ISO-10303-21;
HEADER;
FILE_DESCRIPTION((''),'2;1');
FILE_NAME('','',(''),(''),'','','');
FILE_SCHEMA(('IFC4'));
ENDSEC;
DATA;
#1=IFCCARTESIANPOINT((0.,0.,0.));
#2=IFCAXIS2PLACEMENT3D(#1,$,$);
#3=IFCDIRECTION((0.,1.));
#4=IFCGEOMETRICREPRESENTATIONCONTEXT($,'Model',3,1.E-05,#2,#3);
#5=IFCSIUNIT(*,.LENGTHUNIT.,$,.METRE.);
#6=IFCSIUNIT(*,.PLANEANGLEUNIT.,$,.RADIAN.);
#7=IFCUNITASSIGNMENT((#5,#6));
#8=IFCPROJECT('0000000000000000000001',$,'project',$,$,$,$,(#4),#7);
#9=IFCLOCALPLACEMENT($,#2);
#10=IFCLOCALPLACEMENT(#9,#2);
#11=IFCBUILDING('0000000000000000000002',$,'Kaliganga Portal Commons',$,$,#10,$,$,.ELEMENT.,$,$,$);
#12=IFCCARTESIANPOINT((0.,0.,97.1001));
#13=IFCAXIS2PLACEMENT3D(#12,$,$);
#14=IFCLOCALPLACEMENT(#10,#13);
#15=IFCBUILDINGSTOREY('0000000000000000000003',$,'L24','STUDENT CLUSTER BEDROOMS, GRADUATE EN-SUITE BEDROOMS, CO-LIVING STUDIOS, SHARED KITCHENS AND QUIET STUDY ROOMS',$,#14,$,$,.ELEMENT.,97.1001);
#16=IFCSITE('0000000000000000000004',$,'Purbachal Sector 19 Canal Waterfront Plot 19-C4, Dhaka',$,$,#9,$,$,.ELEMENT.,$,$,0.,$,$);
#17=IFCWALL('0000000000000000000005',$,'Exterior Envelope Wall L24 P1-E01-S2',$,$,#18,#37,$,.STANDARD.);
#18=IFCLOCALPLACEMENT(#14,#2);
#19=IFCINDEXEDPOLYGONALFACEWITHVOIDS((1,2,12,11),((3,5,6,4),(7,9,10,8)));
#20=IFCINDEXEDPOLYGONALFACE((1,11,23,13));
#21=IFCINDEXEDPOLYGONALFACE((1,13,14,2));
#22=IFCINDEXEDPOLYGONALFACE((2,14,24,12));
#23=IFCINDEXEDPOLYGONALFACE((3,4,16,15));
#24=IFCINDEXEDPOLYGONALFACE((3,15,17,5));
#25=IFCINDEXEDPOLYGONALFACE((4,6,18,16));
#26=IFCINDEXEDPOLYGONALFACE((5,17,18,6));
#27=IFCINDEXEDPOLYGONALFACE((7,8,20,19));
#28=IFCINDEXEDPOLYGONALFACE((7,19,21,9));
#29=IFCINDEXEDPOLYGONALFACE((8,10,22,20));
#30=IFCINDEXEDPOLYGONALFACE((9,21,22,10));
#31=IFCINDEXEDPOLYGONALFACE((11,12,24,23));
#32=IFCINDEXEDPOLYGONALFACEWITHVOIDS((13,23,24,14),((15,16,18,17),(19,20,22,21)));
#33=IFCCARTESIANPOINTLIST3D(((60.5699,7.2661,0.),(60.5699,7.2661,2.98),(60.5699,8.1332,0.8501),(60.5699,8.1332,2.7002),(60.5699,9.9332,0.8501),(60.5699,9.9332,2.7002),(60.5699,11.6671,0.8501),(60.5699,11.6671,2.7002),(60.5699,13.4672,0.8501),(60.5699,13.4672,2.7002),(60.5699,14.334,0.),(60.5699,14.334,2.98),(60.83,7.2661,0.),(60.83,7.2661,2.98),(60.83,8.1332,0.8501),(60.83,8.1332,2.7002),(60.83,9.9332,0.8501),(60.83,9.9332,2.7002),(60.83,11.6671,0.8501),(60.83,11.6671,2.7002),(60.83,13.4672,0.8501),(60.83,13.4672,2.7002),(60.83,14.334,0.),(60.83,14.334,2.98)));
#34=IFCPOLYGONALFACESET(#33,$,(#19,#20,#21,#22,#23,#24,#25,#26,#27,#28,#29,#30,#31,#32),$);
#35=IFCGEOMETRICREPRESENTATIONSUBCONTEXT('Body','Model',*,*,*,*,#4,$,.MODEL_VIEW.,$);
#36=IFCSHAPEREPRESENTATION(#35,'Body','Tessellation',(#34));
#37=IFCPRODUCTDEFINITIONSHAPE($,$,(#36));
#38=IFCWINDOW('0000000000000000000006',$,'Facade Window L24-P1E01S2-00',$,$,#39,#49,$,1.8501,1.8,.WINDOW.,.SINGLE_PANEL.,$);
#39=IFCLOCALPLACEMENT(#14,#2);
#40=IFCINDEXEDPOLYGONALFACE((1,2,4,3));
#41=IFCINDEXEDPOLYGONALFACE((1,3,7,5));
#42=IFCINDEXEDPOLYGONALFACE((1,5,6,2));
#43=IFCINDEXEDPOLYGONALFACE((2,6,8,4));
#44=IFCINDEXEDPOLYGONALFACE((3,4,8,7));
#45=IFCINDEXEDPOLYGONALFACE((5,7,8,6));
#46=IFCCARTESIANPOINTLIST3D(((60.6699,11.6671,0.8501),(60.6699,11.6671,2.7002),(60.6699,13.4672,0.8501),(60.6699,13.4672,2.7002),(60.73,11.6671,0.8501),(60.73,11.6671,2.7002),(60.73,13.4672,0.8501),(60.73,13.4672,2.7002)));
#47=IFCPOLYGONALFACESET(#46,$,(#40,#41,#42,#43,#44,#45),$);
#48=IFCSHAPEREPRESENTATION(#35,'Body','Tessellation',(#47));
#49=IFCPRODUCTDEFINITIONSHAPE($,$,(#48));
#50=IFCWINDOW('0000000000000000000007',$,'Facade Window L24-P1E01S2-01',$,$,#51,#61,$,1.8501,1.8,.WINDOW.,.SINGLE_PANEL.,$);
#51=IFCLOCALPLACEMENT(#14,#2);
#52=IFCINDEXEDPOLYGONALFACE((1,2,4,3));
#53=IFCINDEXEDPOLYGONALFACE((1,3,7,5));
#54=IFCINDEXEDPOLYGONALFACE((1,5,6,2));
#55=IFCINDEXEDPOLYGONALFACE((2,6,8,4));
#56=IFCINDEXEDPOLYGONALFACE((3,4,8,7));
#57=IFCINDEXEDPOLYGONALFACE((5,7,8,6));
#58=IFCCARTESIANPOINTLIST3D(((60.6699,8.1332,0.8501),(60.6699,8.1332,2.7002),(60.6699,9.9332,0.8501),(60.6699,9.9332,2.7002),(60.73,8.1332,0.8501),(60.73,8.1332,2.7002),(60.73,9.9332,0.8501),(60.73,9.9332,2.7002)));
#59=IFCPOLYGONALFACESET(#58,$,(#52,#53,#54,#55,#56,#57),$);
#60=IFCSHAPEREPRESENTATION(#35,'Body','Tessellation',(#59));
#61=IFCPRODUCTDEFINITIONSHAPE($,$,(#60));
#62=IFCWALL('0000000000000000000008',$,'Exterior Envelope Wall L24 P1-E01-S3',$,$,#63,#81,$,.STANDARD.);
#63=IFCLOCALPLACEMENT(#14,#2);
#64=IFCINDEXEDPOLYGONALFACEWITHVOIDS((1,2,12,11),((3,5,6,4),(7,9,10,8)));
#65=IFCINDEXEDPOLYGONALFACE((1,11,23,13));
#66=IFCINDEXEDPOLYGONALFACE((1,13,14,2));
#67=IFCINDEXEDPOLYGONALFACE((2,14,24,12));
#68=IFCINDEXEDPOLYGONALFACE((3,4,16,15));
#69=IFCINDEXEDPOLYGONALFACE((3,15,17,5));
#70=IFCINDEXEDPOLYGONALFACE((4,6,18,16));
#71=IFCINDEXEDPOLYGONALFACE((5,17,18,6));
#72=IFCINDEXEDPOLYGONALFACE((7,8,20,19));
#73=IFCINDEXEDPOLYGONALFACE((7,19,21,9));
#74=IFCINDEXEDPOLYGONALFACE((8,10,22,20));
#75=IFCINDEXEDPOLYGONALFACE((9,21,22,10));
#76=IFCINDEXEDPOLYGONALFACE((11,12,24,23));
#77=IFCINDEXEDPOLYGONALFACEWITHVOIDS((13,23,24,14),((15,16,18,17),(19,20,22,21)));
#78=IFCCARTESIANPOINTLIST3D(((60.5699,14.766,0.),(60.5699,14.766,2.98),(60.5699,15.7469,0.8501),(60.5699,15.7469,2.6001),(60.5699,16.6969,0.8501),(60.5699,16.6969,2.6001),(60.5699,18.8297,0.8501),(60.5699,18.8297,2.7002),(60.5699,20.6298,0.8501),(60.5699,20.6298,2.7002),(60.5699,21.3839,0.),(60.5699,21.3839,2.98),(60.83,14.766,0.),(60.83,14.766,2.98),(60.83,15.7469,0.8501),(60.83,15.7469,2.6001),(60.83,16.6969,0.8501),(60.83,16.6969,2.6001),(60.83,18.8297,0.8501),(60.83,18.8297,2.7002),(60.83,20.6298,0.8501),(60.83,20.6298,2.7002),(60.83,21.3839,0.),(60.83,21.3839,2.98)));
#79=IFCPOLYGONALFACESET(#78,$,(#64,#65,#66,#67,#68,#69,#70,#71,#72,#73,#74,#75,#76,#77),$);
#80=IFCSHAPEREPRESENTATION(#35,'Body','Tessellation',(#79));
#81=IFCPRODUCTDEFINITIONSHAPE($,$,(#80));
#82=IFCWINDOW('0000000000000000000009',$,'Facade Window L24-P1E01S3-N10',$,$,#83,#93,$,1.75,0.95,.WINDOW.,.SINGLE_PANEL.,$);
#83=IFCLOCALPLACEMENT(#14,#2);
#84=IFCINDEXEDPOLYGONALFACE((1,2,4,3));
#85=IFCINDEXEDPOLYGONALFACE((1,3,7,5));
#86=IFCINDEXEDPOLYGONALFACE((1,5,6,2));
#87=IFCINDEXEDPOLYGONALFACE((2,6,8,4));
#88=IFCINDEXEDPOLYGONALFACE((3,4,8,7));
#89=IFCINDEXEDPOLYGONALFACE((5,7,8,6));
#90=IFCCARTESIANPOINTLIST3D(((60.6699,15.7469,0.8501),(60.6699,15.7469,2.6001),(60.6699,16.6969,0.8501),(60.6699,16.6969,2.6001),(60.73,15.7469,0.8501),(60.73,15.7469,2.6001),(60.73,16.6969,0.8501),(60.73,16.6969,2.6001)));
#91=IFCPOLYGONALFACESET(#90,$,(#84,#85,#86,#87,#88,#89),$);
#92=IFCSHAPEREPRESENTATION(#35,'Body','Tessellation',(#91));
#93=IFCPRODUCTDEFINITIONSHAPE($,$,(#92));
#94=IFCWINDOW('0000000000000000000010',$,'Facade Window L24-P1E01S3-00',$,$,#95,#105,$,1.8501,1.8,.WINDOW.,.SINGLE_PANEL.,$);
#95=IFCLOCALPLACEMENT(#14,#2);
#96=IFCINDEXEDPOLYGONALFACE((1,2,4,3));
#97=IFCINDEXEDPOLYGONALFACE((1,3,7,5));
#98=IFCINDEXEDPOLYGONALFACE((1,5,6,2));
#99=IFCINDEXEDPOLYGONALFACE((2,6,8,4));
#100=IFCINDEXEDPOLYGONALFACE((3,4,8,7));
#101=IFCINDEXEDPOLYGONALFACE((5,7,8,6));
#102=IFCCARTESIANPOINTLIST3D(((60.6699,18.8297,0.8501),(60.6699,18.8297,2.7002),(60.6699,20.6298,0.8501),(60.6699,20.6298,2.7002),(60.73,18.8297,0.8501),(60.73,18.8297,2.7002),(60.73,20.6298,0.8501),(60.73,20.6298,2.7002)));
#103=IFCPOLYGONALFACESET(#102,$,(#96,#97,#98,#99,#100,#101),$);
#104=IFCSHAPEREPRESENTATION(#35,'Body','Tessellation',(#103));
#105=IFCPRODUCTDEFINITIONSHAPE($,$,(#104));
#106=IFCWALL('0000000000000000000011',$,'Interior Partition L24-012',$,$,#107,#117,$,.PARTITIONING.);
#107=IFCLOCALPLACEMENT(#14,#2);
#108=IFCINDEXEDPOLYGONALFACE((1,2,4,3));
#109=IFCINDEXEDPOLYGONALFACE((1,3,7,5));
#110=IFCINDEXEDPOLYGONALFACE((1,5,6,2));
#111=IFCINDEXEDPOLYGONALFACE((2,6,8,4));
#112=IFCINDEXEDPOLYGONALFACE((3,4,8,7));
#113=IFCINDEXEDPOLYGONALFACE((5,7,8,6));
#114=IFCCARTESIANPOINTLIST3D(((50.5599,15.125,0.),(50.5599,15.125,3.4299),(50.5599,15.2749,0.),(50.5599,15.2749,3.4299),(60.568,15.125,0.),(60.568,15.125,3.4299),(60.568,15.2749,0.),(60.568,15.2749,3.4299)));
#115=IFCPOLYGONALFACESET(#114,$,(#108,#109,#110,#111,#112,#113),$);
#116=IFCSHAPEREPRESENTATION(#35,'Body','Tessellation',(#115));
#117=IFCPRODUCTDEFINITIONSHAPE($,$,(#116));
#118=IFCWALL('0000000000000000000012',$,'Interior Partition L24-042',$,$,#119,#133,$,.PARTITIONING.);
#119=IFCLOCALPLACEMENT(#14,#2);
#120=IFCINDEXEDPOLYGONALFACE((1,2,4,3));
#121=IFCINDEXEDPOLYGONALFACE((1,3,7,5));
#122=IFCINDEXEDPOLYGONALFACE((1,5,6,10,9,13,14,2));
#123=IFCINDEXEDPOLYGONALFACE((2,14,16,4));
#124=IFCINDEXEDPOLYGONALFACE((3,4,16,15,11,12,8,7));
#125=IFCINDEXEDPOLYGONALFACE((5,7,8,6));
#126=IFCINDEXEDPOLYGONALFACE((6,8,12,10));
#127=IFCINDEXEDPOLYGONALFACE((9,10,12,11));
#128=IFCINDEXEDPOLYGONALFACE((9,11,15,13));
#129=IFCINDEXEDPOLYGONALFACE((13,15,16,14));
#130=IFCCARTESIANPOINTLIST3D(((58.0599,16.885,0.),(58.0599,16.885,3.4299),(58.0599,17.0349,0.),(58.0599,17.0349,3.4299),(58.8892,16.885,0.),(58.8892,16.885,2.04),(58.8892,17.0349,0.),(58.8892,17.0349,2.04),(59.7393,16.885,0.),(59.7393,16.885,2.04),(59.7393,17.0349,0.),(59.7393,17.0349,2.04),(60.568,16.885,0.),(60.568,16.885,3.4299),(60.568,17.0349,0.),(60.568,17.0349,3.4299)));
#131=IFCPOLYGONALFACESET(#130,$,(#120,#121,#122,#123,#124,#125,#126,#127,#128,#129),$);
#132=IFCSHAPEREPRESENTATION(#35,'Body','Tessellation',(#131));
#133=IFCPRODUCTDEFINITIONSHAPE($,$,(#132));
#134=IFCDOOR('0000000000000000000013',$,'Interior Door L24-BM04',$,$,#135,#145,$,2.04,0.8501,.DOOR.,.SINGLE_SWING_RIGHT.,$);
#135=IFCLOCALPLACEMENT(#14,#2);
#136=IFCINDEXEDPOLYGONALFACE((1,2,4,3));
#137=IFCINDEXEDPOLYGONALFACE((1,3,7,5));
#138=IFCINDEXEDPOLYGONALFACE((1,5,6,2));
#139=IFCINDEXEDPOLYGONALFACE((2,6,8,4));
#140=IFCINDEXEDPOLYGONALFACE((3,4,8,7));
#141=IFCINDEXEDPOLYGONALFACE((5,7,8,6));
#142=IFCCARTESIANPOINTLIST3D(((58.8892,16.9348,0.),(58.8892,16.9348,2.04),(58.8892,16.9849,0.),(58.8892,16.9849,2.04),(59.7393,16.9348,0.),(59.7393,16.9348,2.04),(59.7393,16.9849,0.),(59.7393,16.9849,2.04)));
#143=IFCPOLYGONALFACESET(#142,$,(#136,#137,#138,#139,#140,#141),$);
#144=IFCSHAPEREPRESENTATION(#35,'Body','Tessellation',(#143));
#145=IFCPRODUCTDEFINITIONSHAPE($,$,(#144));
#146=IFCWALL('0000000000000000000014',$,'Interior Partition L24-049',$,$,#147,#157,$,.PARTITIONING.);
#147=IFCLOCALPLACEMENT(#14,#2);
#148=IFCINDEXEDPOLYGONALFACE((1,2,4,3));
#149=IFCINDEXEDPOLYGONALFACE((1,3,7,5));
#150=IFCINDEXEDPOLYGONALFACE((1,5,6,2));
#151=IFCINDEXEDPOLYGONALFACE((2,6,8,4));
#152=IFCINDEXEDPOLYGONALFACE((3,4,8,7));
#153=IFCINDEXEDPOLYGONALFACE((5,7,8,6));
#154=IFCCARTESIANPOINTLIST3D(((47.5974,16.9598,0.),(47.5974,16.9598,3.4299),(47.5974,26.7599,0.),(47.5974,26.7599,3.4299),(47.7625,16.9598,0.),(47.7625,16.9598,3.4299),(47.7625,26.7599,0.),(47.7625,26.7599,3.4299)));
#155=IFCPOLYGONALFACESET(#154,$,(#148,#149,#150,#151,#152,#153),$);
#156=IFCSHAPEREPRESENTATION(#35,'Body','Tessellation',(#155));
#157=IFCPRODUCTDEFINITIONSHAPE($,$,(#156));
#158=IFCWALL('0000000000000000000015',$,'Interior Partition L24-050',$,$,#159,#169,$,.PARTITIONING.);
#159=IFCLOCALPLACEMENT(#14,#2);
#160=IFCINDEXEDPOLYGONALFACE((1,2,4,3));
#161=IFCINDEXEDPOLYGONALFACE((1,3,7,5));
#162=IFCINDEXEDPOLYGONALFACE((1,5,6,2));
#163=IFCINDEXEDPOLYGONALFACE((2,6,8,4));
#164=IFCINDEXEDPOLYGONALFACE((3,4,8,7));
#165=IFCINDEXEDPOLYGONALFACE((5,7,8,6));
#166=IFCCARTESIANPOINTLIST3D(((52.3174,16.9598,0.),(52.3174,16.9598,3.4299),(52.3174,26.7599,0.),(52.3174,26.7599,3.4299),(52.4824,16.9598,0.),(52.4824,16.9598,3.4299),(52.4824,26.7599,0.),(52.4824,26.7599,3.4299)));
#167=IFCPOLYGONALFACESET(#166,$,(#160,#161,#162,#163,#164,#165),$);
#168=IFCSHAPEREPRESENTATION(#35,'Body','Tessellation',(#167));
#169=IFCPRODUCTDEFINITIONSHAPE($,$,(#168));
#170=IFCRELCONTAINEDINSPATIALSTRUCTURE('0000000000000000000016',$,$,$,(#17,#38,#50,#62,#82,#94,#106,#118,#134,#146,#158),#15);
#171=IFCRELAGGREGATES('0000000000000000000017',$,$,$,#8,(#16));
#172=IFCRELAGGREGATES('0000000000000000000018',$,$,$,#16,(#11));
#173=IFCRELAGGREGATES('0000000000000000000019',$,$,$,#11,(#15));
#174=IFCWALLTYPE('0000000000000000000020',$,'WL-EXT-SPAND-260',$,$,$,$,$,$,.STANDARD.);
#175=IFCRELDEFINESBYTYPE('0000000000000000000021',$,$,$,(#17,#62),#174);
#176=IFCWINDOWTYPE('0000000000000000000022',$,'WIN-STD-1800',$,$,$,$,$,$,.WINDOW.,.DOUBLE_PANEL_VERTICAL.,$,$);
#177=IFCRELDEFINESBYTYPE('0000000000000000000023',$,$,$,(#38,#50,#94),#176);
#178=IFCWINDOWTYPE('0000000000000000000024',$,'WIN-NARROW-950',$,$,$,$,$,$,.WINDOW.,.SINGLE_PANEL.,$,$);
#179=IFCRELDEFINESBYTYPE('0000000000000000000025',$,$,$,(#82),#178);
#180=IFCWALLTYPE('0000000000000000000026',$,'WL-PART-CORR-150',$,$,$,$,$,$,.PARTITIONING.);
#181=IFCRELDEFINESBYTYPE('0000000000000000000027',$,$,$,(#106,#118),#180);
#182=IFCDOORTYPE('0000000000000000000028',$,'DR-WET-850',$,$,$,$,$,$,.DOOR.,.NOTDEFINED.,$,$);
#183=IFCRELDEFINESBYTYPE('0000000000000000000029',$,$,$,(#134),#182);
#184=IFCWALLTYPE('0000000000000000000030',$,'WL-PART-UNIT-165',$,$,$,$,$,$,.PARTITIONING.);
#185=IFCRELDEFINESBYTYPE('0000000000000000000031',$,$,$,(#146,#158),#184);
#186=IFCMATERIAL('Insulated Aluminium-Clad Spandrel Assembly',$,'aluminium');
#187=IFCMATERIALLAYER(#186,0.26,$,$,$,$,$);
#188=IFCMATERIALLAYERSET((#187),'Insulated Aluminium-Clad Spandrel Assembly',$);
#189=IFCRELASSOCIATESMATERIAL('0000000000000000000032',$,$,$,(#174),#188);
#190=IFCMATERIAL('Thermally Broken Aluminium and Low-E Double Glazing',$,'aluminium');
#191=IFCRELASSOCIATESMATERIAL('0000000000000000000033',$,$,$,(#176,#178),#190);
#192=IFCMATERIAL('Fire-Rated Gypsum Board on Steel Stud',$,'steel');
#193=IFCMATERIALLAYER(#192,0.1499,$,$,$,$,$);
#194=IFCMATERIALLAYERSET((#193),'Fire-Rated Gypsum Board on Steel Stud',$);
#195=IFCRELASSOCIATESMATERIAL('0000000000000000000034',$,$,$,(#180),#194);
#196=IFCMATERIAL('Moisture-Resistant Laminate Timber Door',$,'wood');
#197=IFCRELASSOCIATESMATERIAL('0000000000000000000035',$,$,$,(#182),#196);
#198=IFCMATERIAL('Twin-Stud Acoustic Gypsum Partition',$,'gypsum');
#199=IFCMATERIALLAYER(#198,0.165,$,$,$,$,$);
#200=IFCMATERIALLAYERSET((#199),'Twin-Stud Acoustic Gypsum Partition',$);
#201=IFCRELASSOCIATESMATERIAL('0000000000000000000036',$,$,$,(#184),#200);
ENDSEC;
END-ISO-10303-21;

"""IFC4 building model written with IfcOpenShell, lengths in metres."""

from ifc_helpers import new_model, si_unit, direction, frame, frame_2d, origin, place, context, subcontext, project, spatial, rectangle, extrude, material, layer, layer_set, type_object, element, fill, save


model = new_model("IFC4")

# Units and contexts
model_context = context("Model", 3, precision=1e-05, world=origin(), true_north=direction((0.0, 1.0)))
body_context = subcontext(model_context, "Body", "Model", "MODEL_VIEW")
ifc_project = project(units=[si_unit("LENGTHUNIT", "METRE"), si_unit("PLANEANGLEUNIT", "RADIAN")], contexts=[model_context])

# Site, building, storey
site_placement = place(None, origin())
site = spatial("IfcSite", under=ifc_project, at=site_placement, Name="Purbachal Sector 19 Canal Waterfront Plot 19-C4, Dhaka", CompositionType="ELEMENT", RefElevation=0.0)
building_placement = place(site_placement, origin())
building = spatial("IfcBuilding", under=site, at=building_placement, Name="Kaliganga Portal Commons", CompositionType="ELEMENT")
storey_placement = place(building_placement, frame((0.0, 0.0, 97.1001)))
storey = spatial("IfcBuildingStorey", under=building, at=storey_placement, Name="L24", Description="STUDENT CLUSTER BEDROOMS, GRADUATE EN-SUITE BEDROOMS, CO-LIVING STUDIOS, SHARED KITCHENS AND QUIET STUDY ROOMS", CompositionType="ELEMENT", Elevation=97.1001)

# Walls, openings, windows
ifc_material_1 = material(Name="Insulated Aluminium-Clad Spandrel Assembly", Category="aluminium")
ifc_layer_1 = layer(ifc_material_1, 0.26)
ifc_layer_set_1 = layer_set([ifc_layer_1], Name="Insulated Aluminium-Clad Spandrel Assembly")
wall_type_1 = type_object("IfcWallType", Name="WL-EXT-SPAND-260", PredefinedType="STANDARD", material=ifc_layer_set_1)
wall_1_placement = place(storey_placement, frame((60.7, 14.334, 0.0), z_axis=(0.0, 0.0, 1.0), x_axis=(0.0, -1.0, 0.0)))
wall_1 = element("IfcWall", 1, at=wall_1_placement, inside=storey, type_object=wall_type_1, Name="Exterior Envelope Wall L24 P1-E01-S2", PredefinedType="STANDARD", context=body_context, shape_type="SweptSolid", body=[
    extrude(rectangle(XDim=7.0679, YDim=0.26, at=frame_2d((3.5339, 0.0))), origin(), (0.0, 0.0, 1.0), 2.98),
])
opening_1_placement = place(wall_1_placement, frame((0.8669, 0.0, 0.8501)))
opening_1 = element("IfcOpeningElement", 2, at=opening_1_placement, cuts=wall_1, PredefinedType="OPENING", context=body_context, shape_type="SweptSolid", body=[
    extrude(rectangle(XDim=1.8, YDim=1.8501, at=frame_2d((0.8999, 0.925))), frame((0.0, 0.1401, 0.0), z_axis=(0.0, -1.0, 0.0), x_axis=(1.0, 0.0, 0.0)), (0.0, 0.0, 1.0), 0.28),
])
opening_2_placement = place(wall_1_placement, frame((4.4009, 0.0, 0.8501)))
opening_2 = element("IfcOpeningElement", 3, at=opening_2_placement, cuts=wall_1, PredefinedType="OPENING", context=body_context, shape_type="SweptSolid", body=[
    extrude(rectangle(XDim=1.8, YDim=1.8501, at=frame_2d((0.8999, 0.925))), frame((0.0, 0.1401, 0.0), z_axis=(0.0, -1.0, 0.0), x_axis=(1.0, 0.0, 0.0)), (0.0, 0.0, 1.0), 0.28),
])
ifc_material_2 = material(Name="Thermally Broken Aluminium and Low-E Double Glazing", Category="aluminium")
window_type_1 = type_object("IfcWindowType", Name="WIN-STD-1800", PartitioningType="DOUBLE_PANEL_VERTICAL", PredefinedType="WINDOW", material=ifc_material_2)
window_1_placement = place(opening_1_placement, origin())
window_1 = element("IfcWindow", 4, at=window_1_placement, inside=storey, type_object=window_type_1, Name="Facade Window L24-P1E01S2-00", OverallHeight=1.8501, OverallWidth=1.8, PartitioningType="SINGLE_PANEL", PredefinedType="WINDOW", context=body_context, shape_type="SweptSolid", body=[
    extrude(rectangle(XDim=1.8, YDim=1.8501, at=frame_2d((0.8999, 0.925))), frame((0.0, 0.03, 0.0), z_axis=(0.0, -1.0, 0.0), x_axis=(1.0, 0.0, 0.0)), (0.0, 0.0, 1.0), 0.0601),
])
fill(opening_1, window_1)
window_2_placement = place(opening_2_placement, origin())
window_2 = element("IfcWindow", 5, at=window_2_placement, inside=storey, type_object=window_type_1, Name="Facade Window L24-P1E01S2-01", OverallHeight=1.8501, OverallWidth=1.8, PartitioningType="SINGLE_PANEL", PredefinedType="WINDOW", context=body_context, shape_type="SweptSolid", body=[
    extrude(rectangle(XDim=1.8, YDim=1.8501, at=frame_2d((0.8999, 0.925))), frame((0.0, 0.03, 0.0), z_axis=(0.0, -1.0, 0.0), x_axis=(1.0, 0.0, 0.0)), (0.0, 0.0, 1.0), 0.0601),
])
fill(opening_2, window_2)
wall_2_placement = place(storey_placement, frame((60.7, 21.384, 0.0), z_axis=(0.0, 0.0, 1.0), x_axis=(0.0, -1.0, 0.0)))
wall_2 = element("IfcWall", 6, at=wall_2_placement, inside=storey, type_object=wall_type_1, Name="Exterior Envelope Wall L24 P1-E01-S3", PredefinedType="STANDARD", context=body_context, shape_type="SweptSolid", body=[
    extrude(rectangle(XDim=6.6179, YDim=0.26, at=frame_2d((3.3091, 0.0))), origin(), (0.0, 0.0, 1.0), 2.98),
])
opening_3_placement = place(wall_2_placement, frame((0.7544, 0.0, 0.8501)))
opening_3 = element("IfcOpeningElement", 7, at=opening_3_placement, cuts=wall_2, PredefinedType="OPENING", context=body_context, shape_type="SweptSolid", body=[
    extrude(rectangle(XDim=1.8, YDim=1.8501, at=frame_2d((0.8999, 0.925))), frame((0.0, 0.1401, 0.0), z_axis=(0.0, -1.0, 0.0), x_axis=(1.0, 0.0, 0.0)), (0.0, 0.0, 1.0), 0.28),
])
opening_4_placement = place(wall_2_placement, frame((4.687, 0.0, 0.8501)))
opening_4 = element("IfcOpeningElement", 8, at=opening_4_placement, cuts=wall_2, PredefinedType="OPENING", context=body_context, shape_type="SweptSolid", body=[
    extrude(rectangle(XDim=0.95, YDim=1.75, at=frame_2d((0.4751, 0.875))), frame((0.0, 0.1401, 0.0), z_axis=(0.0, -1.0, 0.0), x_axis=(1.0, 0.0, 0.0)), (0.0, 0.0, 1.0), 0.28),
])
window_type_2 = type_object("IfcWindowType", Name="WIN-NARROW-950", PartitioningType="SINGLE_PANEL", PredefinedType="WINDOW", material=ifc_material_2)
window_3_placement = place(opening_4_placement, origin())
window_3 = element("IfcWindow", 9, at=window_3_placement, inside=storey, type_object=window_type_2, Name="Facade Window L24-P1E01S3-N10", OverallHeight=1.75, OverallWidth=0.95, PartitioningType="SINGLE_PANEL", PredefinedType="WINDOW", context=body_context, shape_type="SweptSolid", body=[
    extrude(rectangle(XDim=0.95, YDim=1.75, at=frame_2d((0.4751, 0.875))), frame((0.0, 0.03, 0.0), z_axis=(0.0, -1.0, 0.0), x_axis=(1.0, 0.0, 0.0)), (0.0, 0.0, 1.0), 0.0601),
])
fill(opening_4, window_3)
window_4_placement = place(opening_3_placement, origin())
window_4 = element("IfcWindow", 10, at=window_4_placement, inside=storey, type_object=window_type_1, Name="Facade Window L24-P1E01S3-00", OverallHeight=1.8501, OverallWidth=1.8, PartitioningType="SINGLE_PANEL", PredefinedType="WINDOW", context=body_context, shape_type="SweptSolid", body=[
    extrude(rectangle(XDim=1.8, YDim=1.8501, at=frame_2d((0.8999, 0.925))), frame((0.0, 0.03, 0.0), z_axis=(0.0, -1.0, 0.0), x_axis=(1.0, 0.0, 0.0)), (0.0, 0.0, 1.0), 0.0601),
])
fill(opening_3, window_4)

# Wall
ifc_material_3 = material(Name="Fire-Rated Gypsum Board on Steel Stud", Category="steel")
ifc_layer_2 = layer(ifc_material_3, 0.1499)
ifc_layer_set_2 = layer_set([ifc_layer_2], Name="Fire-Rated Gypsum Board on Steel Stud")
wall_type_2 = type_object("IfcWallType", Name="WL-PART-CORR-150", PredefinedType="PARTITIONING", material=ifc_layer_set_2)
wall_3_placement = place(storey_placement, frame((50.5601, 15.2, 0.0), z_axis=(0.0, 0.0, 1.0), x_axis=(1.0, 0.0, 0.0)))
element("IfcWall", 11, at=wall_3_placement, inside=storey, type_object=wall_type_2, Name="Interior Partition L24-012", PredefinedType="PARTITIONING", context=body_context, shape_type="SweptSolid", body=[
    extrude(rectangle(XDim=10.0081, YDim=0.1499, at=frame_2d((5.0039, 0.0))), origin(), (0.0, 0.0, 1.0), 3.4299),
])

# Wall, opening, door
wall_4_placement = place(storey_placement, frame((58.0601, 16.96, 0.0), z_axis=(0.0, 0.0, 1.0), x_axis=(1.0, 0.0, 0.0)))
wall_4 = element("IfcWall", 12, at=wall_4_placement, inside=storey, type_object=wall_type_2, Name="Interior Partition L24-042", PredefinedType="PARTITIONING", context=body_context, shape_type="SweptSolid", body=[
    extrude(rectangle(XDim=2.5081, YDim=0.1499, at=frame_2d((1.2539, 0.0))), origin(), (0.0, 0.0, 1.0), 3.4299),
])
opening_5_placement = place(wall_4_placement, frame((0.8291, 0.0, 0.0)))
opening_5 = element("IfcOpeningElement", 13, at=opening_5_placement, cuts=wall_4, PredefinedType="OPENING", context=body_context, shape_type="SweptSolid", body=[
    extrude(rectangle(XDim=0.8501, YDim=2.04, at=frame_2d((0.425, 1.02))), frame((0.0, 0.085, 0.0), z_axis=(0.0, -1.0, 0.0), x_axis=(1.0, 0.0, 0.0)), (0.0, 0.0, 1.0), 0.1699),
])
ifc_material_4 = material(Name="Moisture-Resistant Laminate Timber Door", Category="wood")
door_type_1 = type_object("IfcDoorType", Name="DR-WET-850", OperationType="NOTDEFINED", PredefinedType="DOOR", material=ifc_material_4)
door_1_placement = place(opening_5_placement, origin())
door_1 = element("IfcDoor", 14, at=door_1_placement, inside=storey, type_object=door_type_1, Name="Interior Door L24-BM04", OperationType="SINGLE_SWING_RIGHT", OverallHeight=2.04, OverallWidth=0.8501, PredefinedType="DOOR", context=body_context, shape_type="SweptSolid", body=[
    extrude(rectangle(XDim=0.8501, YDim=2.04, at=frame_2d((0.425, 1.02))), frame((0.0, 0.0249, 0.0), z_axis=(0.0, -1.0, 0.0), x_axis=(1.0, 0.0, 0.0)), (0.0, 0.0, 1.0), 0.05),
])
fill(opening_5, door_1)

# Walls
ifc_material_5 = material(Name="Twin-Stud Acoustic Gypsum Partition", Category="gypsum")
ifc_layer_3 = layer(ifc_material_5, 0.165)
ifc_layer_set_3 = layer_set([ifc_layer_3], Name="Twin-Stud Acoustic Gypsum Partition")
wall_type_3 = type_object("IfcWallType", Name="WL-PART-UNIT-165", PredefinedType="PARTITIONING", material=ifc_layer_set_3)
for number, where, z_axis, x_axis, name in (
    (15, (47.6799, 16.96, 0.0), (0.0, 0.0, 1.0), (0.0, 1.0, 0.0), "Interior Partition L24-049"),
    (16, (52.3999, 16.96, 0.0), (0.0, 0.0, 1.0), (0.0, 1.0, 0.0), "Interior Partition L24-050"),
):
    element("IfcWall", number, at=place(storey_placement, frame(where, z_axis=z_axis, x_axis=x_axis)), inside=storey, type_object=wall_type_3, Name=name, PredefinedType="PARTITIONING", context=body_context, shape_type="SweptSolid", body=[
        extrude(rectangle(XDim=9.8, YDim=0.165, at=frame_2d((4.8999, 0.0))), origin(), (0.0, 0.0, 1.0), 3.4299),
    ])

save(model, "model.ifc")
